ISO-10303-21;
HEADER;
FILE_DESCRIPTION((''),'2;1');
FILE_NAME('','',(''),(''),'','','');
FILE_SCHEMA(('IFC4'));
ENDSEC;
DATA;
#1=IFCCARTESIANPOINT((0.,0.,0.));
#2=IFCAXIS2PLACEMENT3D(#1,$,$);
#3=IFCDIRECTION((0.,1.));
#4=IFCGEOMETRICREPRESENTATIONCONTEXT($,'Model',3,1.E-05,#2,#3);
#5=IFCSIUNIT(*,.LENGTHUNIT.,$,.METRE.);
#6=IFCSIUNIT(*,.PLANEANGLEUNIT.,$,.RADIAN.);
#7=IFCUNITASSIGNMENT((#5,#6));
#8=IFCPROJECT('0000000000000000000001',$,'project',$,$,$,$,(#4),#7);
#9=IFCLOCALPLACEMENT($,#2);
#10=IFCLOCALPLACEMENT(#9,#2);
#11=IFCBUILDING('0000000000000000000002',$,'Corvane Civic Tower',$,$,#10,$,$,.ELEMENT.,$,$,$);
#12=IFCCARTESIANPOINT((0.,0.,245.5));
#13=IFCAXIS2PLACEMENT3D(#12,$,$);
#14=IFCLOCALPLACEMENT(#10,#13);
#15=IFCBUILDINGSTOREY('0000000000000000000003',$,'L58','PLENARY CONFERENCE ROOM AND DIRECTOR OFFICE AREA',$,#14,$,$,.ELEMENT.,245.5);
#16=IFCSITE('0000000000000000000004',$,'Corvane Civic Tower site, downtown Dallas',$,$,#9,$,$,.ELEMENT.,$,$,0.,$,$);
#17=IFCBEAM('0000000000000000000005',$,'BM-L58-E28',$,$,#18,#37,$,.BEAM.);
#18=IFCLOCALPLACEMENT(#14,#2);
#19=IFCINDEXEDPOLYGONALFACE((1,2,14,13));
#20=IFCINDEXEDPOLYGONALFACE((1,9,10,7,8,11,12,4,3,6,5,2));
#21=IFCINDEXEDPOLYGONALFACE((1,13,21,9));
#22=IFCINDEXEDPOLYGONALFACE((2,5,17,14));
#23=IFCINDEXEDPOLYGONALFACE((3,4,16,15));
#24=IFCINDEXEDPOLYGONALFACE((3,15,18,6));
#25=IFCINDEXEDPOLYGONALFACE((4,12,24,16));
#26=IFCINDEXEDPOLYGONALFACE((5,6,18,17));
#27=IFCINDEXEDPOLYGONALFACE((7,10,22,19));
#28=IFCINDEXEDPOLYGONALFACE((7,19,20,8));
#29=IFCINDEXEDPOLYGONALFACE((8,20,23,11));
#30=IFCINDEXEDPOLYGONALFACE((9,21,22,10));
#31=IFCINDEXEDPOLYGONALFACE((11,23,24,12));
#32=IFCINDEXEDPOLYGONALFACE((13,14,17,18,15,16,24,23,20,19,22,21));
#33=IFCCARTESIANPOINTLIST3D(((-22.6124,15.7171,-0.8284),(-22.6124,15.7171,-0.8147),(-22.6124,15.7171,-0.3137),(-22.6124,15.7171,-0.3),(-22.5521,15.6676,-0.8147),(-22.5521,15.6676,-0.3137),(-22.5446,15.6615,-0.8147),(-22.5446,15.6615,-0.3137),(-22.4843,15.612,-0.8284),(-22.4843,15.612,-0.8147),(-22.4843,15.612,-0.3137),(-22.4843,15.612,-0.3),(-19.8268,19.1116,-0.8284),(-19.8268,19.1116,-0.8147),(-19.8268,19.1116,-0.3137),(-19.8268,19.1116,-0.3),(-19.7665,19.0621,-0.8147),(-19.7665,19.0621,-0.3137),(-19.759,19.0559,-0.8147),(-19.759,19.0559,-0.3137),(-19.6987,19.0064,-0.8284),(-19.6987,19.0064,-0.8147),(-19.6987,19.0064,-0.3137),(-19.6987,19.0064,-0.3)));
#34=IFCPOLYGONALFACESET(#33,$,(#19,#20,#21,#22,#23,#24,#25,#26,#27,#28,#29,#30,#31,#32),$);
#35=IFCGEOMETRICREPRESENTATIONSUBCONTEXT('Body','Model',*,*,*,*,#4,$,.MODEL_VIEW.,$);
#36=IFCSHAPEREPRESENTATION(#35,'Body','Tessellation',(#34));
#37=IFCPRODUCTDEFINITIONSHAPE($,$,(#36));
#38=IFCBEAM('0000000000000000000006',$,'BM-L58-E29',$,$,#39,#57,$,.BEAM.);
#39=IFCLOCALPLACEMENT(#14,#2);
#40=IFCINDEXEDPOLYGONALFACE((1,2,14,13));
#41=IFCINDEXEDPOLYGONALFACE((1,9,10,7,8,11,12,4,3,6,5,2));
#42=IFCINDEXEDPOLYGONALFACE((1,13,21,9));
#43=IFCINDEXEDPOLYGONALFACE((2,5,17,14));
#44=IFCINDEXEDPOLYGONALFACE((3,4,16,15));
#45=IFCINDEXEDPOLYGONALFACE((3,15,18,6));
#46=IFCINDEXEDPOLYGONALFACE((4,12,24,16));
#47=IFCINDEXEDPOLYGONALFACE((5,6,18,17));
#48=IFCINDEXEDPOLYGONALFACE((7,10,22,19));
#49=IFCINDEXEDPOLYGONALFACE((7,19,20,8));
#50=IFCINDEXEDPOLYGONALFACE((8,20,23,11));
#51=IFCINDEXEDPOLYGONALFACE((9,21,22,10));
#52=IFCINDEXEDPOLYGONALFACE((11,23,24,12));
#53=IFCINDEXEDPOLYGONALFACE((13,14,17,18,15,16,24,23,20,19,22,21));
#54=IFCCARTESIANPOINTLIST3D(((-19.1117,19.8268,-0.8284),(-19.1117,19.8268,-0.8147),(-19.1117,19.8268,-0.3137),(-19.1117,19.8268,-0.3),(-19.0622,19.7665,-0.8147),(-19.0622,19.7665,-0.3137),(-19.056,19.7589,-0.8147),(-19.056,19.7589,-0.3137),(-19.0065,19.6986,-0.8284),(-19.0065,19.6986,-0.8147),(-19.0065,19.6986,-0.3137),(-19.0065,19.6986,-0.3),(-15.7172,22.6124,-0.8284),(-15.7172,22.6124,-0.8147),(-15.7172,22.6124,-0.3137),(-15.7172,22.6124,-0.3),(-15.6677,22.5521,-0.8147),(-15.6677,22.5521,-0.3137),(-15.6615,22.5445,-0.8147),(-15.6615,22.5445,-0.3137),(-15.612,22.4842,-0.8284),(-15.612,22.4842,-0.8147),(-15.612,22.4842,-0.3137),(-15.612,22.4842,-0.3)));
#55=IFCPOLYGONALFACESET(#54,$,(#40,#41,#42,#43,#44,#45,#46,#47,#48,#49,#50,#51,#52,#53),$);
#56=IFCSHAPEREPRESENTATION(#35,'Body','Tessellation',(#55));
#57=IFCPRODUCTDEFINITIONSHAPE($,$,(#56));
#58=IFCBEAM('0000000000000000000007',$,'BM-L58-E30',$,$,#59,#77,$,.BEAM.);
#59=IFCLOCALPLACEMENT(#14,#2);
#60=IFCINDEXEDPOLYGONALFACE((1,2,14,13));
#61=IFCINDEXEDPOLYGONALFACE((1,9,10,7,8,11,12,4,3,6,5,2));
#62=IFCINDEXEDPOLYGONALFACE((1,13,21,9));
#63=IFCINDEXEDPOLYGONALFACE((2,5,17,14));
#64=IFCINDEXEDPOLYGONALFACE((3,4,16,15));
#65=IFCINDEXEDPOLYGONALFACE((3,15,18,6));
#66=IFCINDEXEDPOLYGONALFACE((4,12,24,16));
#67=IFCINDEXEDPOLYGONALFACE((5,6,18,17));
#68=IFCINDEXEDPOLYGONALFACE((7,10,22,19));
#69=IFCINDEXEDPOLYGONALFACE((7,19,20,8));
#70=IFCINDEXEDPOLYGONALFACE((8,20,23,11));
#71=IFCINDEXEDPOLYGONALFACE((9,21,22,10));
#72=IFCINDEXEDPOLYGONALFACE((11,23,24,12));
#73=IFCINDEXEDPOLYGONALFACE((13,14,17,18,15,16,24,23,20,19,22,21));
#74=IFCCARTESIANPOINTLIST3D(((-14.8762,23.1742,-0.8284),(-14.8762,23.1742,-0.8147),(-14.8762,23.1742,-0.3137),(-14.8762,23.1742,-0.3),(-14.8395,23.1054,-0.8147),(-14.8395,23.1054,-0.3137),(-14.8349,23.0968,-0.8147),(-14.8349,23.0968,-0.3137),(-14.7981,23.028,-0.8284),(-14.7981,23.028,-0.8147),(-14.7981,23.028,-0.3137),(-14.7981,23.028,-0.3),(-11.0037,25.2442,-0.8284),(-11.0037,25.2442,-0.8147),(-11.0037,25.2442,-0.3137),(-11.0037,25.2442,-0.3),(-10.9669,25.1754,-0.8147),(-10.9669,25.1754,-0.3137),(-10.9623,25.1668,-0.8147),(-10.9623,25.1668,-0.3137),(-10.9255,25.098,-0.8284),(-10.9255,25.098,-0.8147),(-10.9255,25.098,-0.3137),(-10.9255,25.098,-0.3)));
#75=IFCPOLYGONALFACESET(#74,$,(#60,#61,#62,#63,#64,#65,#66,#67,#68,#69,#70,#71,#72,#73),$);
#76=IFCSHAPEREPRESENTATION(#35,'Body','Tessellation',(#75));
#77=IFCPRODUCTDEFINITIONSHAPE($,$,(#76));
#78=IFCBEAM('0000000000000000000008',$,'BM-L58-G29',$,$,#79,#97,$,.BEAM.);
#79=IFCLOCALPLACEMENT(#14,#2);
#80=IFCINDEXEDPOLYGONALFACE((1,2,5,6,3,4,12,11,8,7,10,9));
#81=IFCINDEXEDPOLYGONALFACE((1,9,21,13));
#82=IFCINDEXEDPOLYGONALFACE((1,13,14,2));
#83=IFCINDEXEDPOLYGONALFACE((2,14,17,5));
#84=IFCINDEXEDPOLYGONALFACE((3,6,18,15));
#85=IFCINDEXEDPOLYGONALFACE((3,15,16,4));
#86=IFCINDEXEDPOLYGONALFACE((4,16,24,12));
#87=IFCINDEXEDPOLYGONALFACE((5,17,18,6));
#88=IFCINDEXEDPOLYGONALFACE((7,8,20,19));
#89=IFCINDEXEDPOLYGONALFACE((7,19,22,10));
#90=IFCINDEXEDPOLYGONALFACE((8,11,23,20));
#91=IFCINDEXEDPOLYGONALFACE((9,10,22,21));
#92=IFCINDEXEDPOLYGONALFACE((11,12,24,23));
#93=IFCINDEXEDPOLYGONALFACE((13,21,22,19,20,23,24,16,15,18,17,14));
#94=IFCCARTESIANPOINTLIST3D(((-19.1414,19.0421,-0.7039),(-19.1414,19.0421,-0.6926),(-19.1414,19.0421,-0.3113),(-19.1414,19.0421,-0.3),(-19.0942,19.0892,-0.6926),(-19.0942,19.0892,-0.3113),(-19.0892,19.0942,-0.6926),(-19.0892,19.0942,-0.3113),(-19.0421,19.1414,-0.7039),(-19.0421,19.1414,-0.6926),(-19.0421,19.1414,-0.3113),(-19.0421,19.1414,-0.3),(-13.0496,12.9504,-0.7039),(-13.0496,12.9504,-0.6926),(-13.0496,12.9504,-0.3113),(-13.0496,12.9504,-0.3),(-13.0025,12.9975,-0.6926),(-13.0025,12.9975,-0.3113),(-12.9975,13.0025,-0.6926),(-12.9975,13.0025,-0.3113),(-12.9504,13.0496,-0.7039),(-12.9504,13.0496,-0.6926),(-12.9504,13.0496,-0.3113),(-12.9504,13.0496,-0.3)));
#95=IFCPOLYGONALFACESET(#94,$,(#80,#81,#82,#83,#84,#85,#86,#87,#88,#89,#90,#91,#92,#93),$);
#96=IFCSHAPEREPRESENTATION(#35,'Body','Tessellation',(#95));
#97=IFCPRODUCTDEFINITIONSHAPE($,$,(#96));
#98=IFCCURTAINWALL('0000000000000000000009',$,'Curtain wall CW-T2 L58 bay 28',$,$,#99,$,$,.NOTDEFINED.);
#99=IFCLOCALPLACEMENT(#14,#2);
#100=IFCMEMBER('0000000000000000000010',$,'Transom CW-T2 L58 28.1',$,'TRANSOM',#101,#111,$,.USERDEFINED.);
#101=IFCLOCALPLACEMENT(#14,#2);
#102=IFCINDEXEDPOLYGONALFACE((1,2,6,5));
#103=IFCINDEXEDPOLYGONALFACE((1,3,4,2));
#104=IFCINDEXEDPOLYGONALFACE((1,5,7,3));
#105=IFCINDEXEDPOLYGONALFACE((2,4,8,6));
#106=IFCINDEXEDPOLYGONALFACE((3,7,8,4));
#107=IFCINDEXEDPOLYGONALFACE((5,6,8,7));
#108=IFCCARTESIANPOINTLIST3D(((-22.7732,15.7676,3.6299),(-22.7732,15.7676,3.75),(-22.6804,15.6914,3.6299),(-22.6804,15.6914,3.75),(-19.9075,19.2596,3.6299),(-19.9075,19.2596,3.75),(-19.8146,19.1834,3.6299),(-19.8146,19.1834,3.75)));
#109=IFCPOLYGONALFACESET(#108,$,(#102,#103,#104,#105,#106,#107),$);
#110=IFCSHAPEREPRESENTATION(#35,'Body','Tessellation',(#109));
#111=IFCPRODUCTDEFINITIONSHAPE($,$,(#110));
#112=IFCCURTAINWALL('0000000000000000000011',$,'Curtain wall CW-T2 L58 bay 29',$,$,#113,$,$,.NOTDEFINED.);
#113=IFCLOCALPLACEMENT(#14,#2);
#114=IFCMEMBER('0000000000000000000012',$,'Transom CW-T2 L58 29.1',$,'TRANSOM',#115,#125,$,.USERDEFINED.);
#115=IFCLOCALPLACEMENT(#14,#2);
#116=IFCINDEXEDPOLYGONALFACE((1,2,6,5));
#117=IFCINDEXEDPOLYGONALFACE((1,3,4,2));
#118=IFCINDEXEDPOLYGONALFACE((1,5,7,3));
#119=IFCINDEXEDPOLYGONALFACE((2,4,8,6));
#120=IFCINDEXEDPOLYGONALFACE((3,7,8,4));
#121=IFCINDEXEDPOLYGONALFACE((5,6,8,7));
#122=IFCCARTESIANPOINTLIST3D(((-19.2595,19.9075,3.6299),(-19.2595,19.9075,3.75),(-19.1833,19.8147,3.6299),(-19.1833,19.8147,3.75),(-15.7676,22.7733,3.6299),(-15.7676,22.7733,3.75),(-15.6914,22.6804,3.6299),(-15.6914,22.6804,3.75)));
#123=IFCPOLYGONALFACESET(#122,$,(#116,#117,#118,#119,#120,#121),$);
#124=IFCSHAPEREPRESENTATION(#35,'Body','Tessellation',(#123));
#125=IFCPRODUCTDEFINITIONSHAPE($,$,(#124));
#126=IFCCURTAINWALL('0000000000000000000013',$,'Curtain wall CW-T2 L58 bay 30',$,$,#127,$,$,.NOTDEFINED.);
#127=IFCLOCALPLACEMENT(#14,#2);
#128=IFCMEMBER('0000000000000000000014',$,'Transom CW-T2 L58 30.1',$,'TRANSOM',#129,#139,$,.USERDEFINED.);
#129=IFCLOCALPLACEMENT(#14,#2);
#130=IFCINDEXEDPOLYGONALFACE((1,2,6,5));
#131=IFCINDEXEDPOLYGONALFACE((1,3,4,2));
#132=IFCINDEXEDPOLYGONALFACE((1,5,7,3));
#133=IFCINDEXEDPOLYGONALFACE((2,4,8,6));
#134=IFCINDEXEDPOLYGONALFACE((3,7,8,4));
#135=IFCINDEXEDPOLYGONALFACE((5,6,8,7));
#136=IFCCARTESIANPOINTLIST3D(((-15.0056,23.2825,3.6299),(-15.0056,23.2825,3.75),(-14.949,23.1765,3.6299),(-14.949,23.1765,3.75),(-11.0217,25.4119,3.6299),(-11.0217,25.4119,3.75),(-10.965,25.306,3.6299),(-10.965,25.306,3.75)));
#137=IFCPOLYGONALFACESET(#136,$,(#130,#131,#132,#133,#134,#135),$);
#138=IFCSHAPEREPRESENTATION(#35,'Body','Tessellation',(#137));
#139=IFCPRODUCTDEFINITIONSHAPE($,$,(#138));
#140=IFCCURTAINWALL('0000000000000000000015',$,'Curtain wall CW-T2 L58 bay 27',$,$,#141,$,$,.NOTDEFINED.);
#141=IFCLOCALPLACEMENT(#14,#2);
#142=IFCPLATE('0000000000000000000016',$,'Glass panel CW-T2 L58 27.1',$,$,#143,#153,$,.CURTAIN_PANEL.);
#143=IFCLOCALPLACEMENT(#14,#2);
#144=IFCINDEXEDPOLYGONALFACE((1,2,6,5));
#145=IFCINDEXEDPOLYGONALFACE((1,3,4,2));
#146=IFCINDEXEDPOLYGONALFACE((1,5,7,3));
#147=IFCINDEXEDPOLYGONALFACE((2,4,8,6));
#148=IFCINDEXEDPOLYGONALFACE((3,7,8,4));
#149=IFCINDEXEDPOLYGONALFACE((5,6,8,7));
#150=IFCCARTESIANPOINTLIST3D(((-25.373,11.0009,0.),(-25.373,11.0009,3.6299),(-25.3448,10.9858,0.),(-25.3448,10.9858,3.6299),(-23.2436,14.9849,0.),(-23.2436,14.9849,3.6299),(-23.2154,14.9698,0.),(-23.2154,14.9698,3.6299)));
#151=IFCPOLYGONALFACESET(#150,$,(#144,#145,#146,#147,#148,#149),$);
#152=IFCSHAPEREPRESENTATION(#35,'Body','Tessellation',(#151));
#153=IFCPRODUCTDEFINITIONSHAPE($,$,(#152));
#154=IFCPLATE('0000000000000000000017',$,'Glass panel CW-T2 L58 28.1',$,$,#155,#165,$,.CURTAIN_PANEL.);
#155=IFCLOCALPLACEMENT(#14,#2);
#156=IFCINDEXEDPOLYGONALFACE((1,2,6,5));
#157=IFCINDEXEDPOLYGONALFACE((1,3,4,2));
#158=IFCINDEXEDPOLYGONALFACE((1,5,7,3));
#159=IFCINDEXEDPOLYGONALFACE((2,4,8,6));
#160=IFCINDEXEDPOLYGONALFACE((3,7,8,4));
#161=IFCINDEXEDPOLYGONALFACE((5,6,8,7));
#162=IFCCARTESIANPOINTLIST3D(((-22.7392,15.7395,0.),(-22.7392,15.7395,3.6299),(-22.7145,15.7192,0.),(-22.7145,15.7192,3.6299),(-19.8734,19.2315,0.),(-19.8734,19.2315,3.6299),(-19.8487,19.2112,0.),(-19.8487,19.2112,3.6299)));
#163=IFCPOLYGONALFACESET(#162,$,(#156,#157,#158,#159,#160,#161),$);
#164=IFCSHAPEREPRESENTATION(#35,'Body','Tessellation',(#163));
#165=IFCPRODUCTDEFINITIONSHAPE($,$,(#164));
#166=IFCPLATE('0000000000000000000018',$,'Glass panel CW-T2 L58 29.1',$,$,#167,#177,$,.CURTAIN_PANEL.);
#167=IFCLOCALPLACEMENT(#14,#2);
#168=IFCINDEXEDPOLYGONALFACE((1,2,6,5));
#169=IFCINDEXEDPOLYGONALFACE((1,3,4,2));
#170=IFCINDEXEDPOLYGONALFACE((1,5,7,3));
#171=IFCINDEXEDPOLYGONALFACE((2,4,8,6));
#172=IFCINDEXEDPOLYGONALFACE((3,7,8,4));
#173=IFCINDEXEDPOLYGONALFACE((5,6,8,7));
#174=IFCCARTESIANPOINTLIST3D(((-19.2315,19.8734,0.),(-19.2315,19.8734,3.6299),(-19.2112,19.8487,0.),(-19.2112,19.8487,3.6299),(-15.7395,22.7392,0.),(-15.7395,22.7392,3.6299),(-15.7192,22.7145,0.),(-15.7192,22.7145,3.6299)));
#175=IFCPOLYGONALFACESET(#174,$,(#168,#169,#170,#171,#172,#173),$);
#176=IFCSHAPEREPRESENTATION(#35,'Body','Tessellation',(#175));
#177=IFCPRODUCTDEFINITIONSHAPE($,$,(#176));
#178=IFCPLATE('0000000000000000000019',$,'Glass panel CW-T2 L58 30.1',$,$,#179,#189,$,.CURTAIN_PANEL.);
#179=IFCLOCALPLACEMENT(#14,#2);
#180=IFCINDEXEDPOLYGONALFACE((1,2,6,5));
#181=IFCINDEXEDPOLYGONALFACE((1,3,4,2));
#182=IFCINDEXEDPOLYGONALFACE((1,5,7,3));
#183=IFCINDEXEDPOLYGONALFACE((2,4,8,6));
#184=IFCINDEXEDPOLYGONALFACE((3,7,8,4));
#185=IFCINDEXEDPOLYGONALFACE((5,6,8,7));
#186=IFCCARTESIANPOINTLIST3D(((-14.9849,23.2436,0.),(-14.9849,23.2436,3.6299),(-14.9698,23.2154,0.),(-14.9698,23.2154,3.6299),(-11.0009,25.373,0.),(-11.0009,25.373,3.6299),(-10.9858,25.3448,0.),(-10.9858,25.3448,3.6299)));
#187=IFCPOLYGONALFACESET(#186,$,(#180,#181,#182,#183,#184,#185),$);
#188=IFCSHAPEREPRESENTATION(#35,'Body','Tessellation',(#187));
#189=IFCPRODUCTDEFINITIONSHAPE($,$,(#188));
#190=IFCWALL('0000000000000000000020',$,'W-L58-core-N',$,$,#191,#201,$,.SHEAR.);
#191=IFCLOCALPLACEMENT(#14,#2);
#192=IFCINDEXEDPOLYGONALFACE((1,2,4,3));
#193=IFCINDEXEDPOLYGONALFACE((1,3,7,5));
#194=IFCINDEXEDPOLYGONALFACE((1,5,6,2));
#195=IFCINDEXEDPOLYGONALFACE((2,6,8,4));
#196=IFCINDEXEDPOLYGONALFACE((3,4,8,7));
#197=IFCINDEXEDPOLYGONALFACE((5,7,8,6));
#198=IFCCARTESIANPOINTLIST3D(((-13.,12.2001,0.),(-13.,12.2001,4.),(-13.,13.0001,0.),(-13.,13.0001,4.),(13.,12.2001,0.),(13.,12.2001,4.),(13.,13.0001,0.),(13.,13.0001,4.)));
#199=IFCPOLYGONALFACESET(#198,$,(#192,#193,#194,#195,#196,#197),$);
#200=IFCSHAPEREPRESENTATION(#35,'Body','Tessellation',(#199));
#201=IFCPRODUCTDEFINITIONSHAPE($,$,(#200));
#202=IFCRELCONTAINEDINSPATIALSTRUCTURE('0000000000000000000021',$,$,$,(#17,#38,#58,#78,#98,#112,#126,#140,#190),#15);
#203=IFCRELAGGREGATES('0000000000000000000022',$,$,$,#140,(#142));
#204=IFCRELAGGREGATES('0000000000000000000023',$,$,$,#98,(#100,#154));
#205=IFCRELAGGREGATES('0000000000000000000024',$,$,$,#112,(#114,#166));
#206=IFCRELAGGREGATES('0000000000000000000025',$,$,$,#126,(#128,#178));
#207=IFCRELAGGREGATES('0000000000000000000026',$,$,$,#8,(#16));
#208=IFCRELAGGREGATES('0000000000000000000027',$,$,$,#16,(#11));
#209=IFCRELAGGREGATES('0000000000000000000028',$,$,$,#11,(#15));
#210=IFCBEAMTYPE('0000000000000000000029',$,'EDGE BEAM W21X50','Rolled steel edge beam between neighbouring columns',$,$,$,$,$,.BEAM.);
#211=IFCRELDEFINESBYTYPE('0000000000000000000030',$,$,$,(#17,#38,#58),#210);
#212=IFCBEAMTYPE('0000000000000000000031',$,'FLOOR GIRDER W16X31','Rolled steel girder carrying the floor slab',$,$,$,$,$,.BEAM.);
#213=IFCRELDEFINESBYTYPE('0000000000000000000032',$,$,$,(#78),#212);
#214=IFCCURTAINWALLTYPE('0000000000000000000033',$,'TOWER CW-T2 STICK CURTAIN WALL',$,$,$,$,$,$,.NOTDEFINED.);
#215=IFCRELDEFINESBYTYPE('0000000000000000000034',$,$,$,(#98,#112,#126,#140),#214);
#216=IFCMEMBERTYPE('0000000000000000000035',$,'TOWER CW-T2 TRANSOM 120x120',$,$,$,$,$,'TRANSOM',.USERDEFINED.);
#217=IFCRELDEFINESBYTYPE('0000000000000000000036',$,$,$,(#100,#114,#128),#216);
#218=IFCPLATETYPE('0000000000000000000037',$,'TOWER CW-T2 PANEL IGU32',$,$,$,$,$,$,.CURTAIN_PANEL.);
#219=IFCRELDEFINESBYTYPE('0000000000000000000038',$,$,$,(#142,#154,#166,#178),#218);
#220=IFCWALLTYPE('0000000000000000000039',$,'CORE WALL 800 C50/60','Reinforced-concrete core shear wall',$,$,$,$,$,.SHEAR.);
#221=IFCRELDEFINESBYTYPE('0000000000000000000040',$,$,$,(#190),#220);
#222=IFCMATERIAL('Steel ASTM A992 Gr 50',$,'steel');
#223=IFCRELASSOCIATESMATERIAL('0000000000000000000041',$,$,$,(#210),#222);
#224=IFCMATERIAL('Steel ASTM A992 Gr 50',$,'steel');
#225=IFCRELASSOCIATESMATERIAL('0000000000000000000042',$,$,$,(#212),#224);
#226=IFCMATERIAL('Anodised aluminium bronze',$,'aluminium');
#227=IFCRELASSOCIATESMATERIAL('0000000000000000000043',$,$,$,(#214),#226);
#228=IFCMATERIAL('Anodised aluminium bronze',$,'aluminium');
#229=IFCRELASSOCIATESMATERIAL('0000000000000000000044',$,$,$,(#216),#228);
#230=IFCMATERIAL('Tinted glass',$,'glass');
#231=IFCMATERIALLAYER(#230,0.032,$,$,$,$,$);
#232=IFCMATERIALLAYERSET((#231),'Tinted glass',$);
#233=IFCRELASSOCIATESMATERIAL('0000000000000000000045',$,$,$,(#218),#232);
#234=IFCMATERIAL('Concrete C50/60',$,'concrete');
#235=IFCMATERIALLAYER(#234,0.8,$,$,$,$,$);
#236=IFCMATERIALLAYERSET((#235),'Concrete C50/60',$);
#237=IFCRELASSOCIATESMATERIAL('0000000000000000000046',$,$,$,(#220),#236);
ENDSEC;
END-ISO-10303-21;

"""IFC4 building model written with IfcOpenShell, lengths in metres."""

from ifc_helpers import new_model, si_unit, direction, frame, frame_2d, origin, origin_2d, place, context, subcontext, project, spatial, rectangle, i_section, extrude, material, layer, layer_set, material_profile, profile_set, type_object, element, aggregate, save


model = new_model("IFC4")

# Units and contexts
model_context = context("Model", 3, precision=1e-05, world=origin(), true_north=direction((0.0, 1.0)))
body_context = subcontext(model_context, "Body", "Model", "MODEL_VIEW")
ifc_project = project(units=[si_unit("LENGTHUNIT", "METRE"), si_unit("PLANEANGLEUNIT", "RADIAN")], contexts=[model_context])

# Site, building, storey
site_placement = place(None, origin())
site = spatial("IfcSite", under=ifc_project, at=site_placement, Name="Corvane Civic Tower site, downtown Dallas", CompositionType="ELEMENT", RefElevation=0.0)
building_placement = place(site_placement, origin())
building = spatial("IfcBuilding", under=site, at=building_placement, Name="Corvane Civic Tower", CompositionType="ELEMENT")
storey_placement = place(building_placement, frame((0.0, 0.0, 245.5)))
storey = spatial("IfcBuildingStorey", under=building, at=storey_placement, Name="L58", Description="PLENARY CONFERENCE ROOM AND DIRECTOR OFFICE AREA", CompositionType="ELEMENT", Elevation=245.5)

# Beams
ifc_material_1 = material(Name="Steel ASTM A992 Gr 50", Category="steel")
ifc_material_profile_1 = material_profile(ifc_material_1, i_section(OverallWidth=0.1658, OverallDepth=0.5283, WebThickness=0.0098, FlangeThickness=0.0137, at=origin_2d()), Name="W21X50")
ifc_profile_set_1 = profile_set([ifc_material_profile_1], Name="Steel ASTM A992 Gr 50")
beam_type_1 = type_object("IfcBeamType", Name="EDGE BEAM W21X50", Description="Rolled steel edge beam between neighbouring columns", PredefinedType="BEAM", material=ifc_profile_set_1)
for number, where, z_axis, x_axis, name in (
    (1, (-22.5483, 15.6646, -0.5642), (0.634369, 0.77303, 0.0), (-0.77303, 0.634369, 0.0), "BM-L58-E28"),
    (2, (-19.0591, 19.7627, -0.5642), (0.77303, 0.634369, 0.0), (-0.634369, 0.77303, 0.0), "BM-L58-E29"),
    (3, (-14.8372, 23.1011, -0.5642), (0.881908, 0.471422, 0.0), (-0.471422, 0.881908, 0.0), "BM-L58-E30"),
):
    element("IfcBeam", number, at=place(storey_placement, frame(where, z_axis=z_axis, x_axis=x_axis)), inside=storey, type_object=beam_type_1, Name=name, PredefinedType="BEAM", context=body_context, shape_type="SweptSolid", body=[
        extrude(i_section(OverallWidth=0.1658, OverallDepth=0.5283, WebThickness=0.0098, FlangeThickness=0.0137, at=origin_2d()), origin(), (0.0, 0.0, 1.0), 4.3911),
    ])
ifc_material_2 = material(Name="Steel ASTM A992 Gr 50", Category="steel")
ifc_material_profile_2 = material_profile(ifc_material_2, i_section(OverallWidth=0.1404, OverallDepth=0.4038, WebThickness=0.0071, FlangeThickness=0.0112, at=origin_2d()), Name="W16X31")
ifc_profile_set_2 = profile_set([ifc_material_profile_2], Name="Steel ASTM A992 Gr 50")
beam_type_2 = type_object("IfcBeamType", Name="FLOOR GIRDER W16X31", Description="Rolled steel girder carrying the floor slab", PredefinedType="BEAM", material=ifc_profile_set_2)
beam_placement = place(storey_placement, frame((-13.0, 13.0, -0.502), z_axis=(-0.707107, 0.707107, 0.0), x_axis=(-0.707107, -0.707107, 0.0)))
element("IfcBeam", 4, at=beam_placement, inside=storey, type_object=beam_type_2, Name="BM-L58-G29", PredefinedType="BEAM", context=body_context, shape_type="SweptSolid", body=[
    extrude(i_section(OverallWidth=0.1404, OverallDepth=0.4038, WebThickness=0.0071, FlangeThickness=0.0112, at=origin_2d()), origin(), (0.0, 0.0, 1.0), 8.615),
])

# Curtain walls, members
ifc_material_3 = material(Name="Anodised aluminium bronze", Category="aluminium")
curtain_wall_type = type_object("IfcCurtainWallType", Name="TOWER CW-T2 STICK CURTAIN WALL", PredefinedType="NOTDEFINED", material=ifc_material_3)
curtain_wall_1_placement = place(storey_placement, origin())
curtain_wall_1 = element("IfcCurtainWall", 5, at=curtain_wall_1_placement, inside=storey, type_object=curtain_wall_type, Name="Curtain wall CW-T2 L58 bay 28", PredefinedType="NOTDEFINED")
ifc_material_4 = material(Name="Anodised aluminium bronze", Category="aluminium")
ifc_material_profile_3 = material_profile(ifc_material_4, rectangle(XDim=0.1201, YDim=0.1201, at=origin_2d()), Name="TOWER CW-T2 TRANSOM 120x120")
ifc_profile_set_3 = profile_set([ifc_material_profile_3], Name="Anodised aluminium bronze")
member_type = type_object("IfcMemberType", Name="TOWER CW-T2 TRANSOM 120x120", ElementType="TRANSOM", PredefinedType="USERDEFINED", material=ifc_profile_set_3)
member_1_placement = place(storey_placement, frame((-22.7268, 15.7295, 3.6899), z_axis=(0.634388, 0.773015, 0.0), x_axis=(-0.773015, 0.634388, 0.0)))
member_1 = element("IfcMember", 6, at=member_1_placement, type_object=member_type, Name="Transom CW-T2 L58 28.1", ObjectType="TRANSOM", PredefinedType="USERDEFINED", context=body_context, shape_type="SweptSolid", body=[
    extrude(rectangle(XDim=0.1201, YDim=0.1201, at=origin_2d()), origin(), (0.0, 0.0, 1.0), 4.5173),
])
curtain_wall_2_placement = place(storey_placement, origin())
curtain_wall_2 = element("IfcCurtainWall", 7, at=curtain_wall_2_placement, inside=storey, type_object=curtain_wall_type, Name="Curtain wall CW-T2 L58 bay 29", PredefinedType="NOTDEFINED")
member_2_placement = place(storey_placement, frame((-19.2214, 19.8611, 3.6899), z_axis=(0.773015, 0.634388, 0.0), x_axis=(-0.634388, 0.773015, 0.0)))
member_2 = element("IfcMember", 8, at=member_2_placement, type_object=member_type, Name="Transom CW-T2 L58 29.1", ObjectType="TRANSOM", PredefinedType="USERDEFINED", context=body_context, shape_type="SweptSolid", body=[
    extrude(rectangle(XDim=0.1201, YDim=0.1201, at=origin_2d()), origin(), (0.0, 0.0, 1.0), 4.5173),
])
curtain_wall_3_placement = place(storey_placement, origin())
curtain_wall_3 = element("IfcCurtainWall", 9, at=curtain_wall_3_placement, inside=storey, type_object=curtain_wall_type, Name="Curtain wall CW-T2 L58 bay 30", PredefinedType="NOTDEFINED")
member_3_placement = place(storey_placement, frame((-14.9773, 23.2295, 3.6899), z_axis=(0.881925, 0.47139, 0.0), x_axis=(-0.47139, 0.881925, 0.0)))
member_3 = element("IfcMember", 10, at=member_3_placement, type_object=member_type, Name="Transom CW-T2 L58 30.1", ObjectType="TRANSOM", PredefinedType="USERDEFINED", context=body_context, shape_type="SweptSolid", body=[
    extrude(rectangle(XDim=0.1201, YDim=0.1201, at=origin_2d()), origin(), (0.0, 0.0, 1.0), 4.5173),
])

# Curtain wall, plate
curtain_wall_4_placement = place(storey_placement, origin())
curtain_wall_4 = element("IfcCurtainWall", 11, at=curtain_wall_4_placement, inside=storey, type_object=curtain_wall_type, Name="Curtain wall CW-T2 L58 bay 27", PredefinedType="NOTDEFINED")
ifc_material_5 = material(Name="Tinted glass", Category="glass")
ifc_layer_1 = layer(ifc_material_5, 0.032)
ifc_layer_set_1 = layer_set([ifc_layer_1], Name="Tinted glass")
plate_type = type_object("IfcPlateType", Name="TOWER CW-T2 PANEL IGU32", PredefinedType="CURTAIN_PANEL", material=ifc_layer_set_1)
plate_1_placement = place(storey_placement, frame((-24.2942, 12.9854, 0.0), z_axis=(0.0, 0.0, 1.0), x_axis=(0.471398, 0.88192, 0.0)))
plate_1 = element("IfcPlate", 12, at=plate_1_placement, type_object=plate_type, Name="Glass panel CW-T2 L58 27.1", PredefinedType="CURTAIN_PANEL", context=body_context, shape_type="SweptSolid", body=[
    extrude(rectangle(XDim=4.5173, YDim=0.032, at=origin_2d()), origin(), (0.0, 0.0, 1.0), 3.6299),
])
aggregate(curtain_wall_4, [plate_1])

# Plates
plate_2_placement = place(storey_placement, frame((-21.2939, 17.4753, 0.0), z_axis=(0.0, 0.0, 1.0), x_axis=(0.634391, 0.773012, 0.0)))
plate_2 = element("IfcPlate", 13, at=plate_2_placement, type_object=plate_type, Name="Glass panel CW-T2 L58 28.1", PredefinedType="CURTAIN_PANEL", context=body_context, shape_type="SweptSolid", body=[
    extrude(rectangle(XDim=4.5173, YDim=0.032, at=origin_2d()), origin(), (0.0, 0.0, 1.0), 3.6299),
])
aggregate(curtain_wall_1, [member_1, plate_2])
plate_3_placement = place(storey_placement, frame((-17.4753, 21.2939, 0.0), z_axis=(0.0, 0.0, 1.0), x_axis=(0.773012, 0.634391, 0.0)))
plate_3 = element("IfcPlate", 14, at=plate_3_placement, type_object=plate_type, Name="Glass panel CW-T2 L58 29.1", PredefinedType="CURTAIN_PANEL", context=body_context, shape_type="SweptSolid", body=[
    extrude(rectangle(XDim=4.5173, YDim=0.032, at=origin_2d()), origin(), (0.0, 0.0, 1.0), 3.6299),
])
aggregate(curtain_wall_2, [member_2, plate_3])
plate_4_placement = place(storey_placement, frame((-12.9854, 24.2942, 0.0), z_axis=(0.0, 0.0, 1.0), x_axis=(0.88192, 0.471398, 0.0)))
plate_4 = element("IfcPlate", 15, at=plate_4_placement, type_object=plate_type, Name="Glass panel CW-T2 L58 30.1", PredefinedType="CURTAIN_PANEL", context=body_context, shape_type="SweptSolid", body=[
    extrude(rectangle(XDim=4.5173, YDim=0.032, at=origin_2d()), origin(), (0.0, 0.0, 1.0), 3.6299),
])
aggregate(curtain_wall_3, [member_3, plate_4])

# Wall
ifc_material_6 = material(Name="Concrete C50/60", Category="concrete")
ifc_layer_2 = layer(ifc_material_6, 0.8)
ifc_layer_set_2 = layer_set([ifc_layer_2], Name="Concrete C50/60")
wall_type_1 = type_object("IfcWallType", Name="CORE WALL 800 C50/60", Description="Reinforced-concrete core shear wall", PredefinedType="SHEAR", material=ifc_layer_set_2)
wall_1_placement = place(storey_placement, frame((-13.0, 12.6001, 0.0), z_axis=(0.0, 0.0, 1.0), x_axis=(1.0, 0.0, 0.0)))
element("IfcWall", 16, at=wall_1_placement, inside=storey, type_object=wall_type_1, Name="W-L58-core-N", PredefinedType="SHEAR", context=body_context, shape_type="SweptSolid", body=[
    extrude(rectangle(XDim=26.0, YDim=0.8, at=frame_2d((13.0, 0.0))), origin(), (0.0, 0.0, 1.0), 4.0),
])

save(model, "model.ifc")
